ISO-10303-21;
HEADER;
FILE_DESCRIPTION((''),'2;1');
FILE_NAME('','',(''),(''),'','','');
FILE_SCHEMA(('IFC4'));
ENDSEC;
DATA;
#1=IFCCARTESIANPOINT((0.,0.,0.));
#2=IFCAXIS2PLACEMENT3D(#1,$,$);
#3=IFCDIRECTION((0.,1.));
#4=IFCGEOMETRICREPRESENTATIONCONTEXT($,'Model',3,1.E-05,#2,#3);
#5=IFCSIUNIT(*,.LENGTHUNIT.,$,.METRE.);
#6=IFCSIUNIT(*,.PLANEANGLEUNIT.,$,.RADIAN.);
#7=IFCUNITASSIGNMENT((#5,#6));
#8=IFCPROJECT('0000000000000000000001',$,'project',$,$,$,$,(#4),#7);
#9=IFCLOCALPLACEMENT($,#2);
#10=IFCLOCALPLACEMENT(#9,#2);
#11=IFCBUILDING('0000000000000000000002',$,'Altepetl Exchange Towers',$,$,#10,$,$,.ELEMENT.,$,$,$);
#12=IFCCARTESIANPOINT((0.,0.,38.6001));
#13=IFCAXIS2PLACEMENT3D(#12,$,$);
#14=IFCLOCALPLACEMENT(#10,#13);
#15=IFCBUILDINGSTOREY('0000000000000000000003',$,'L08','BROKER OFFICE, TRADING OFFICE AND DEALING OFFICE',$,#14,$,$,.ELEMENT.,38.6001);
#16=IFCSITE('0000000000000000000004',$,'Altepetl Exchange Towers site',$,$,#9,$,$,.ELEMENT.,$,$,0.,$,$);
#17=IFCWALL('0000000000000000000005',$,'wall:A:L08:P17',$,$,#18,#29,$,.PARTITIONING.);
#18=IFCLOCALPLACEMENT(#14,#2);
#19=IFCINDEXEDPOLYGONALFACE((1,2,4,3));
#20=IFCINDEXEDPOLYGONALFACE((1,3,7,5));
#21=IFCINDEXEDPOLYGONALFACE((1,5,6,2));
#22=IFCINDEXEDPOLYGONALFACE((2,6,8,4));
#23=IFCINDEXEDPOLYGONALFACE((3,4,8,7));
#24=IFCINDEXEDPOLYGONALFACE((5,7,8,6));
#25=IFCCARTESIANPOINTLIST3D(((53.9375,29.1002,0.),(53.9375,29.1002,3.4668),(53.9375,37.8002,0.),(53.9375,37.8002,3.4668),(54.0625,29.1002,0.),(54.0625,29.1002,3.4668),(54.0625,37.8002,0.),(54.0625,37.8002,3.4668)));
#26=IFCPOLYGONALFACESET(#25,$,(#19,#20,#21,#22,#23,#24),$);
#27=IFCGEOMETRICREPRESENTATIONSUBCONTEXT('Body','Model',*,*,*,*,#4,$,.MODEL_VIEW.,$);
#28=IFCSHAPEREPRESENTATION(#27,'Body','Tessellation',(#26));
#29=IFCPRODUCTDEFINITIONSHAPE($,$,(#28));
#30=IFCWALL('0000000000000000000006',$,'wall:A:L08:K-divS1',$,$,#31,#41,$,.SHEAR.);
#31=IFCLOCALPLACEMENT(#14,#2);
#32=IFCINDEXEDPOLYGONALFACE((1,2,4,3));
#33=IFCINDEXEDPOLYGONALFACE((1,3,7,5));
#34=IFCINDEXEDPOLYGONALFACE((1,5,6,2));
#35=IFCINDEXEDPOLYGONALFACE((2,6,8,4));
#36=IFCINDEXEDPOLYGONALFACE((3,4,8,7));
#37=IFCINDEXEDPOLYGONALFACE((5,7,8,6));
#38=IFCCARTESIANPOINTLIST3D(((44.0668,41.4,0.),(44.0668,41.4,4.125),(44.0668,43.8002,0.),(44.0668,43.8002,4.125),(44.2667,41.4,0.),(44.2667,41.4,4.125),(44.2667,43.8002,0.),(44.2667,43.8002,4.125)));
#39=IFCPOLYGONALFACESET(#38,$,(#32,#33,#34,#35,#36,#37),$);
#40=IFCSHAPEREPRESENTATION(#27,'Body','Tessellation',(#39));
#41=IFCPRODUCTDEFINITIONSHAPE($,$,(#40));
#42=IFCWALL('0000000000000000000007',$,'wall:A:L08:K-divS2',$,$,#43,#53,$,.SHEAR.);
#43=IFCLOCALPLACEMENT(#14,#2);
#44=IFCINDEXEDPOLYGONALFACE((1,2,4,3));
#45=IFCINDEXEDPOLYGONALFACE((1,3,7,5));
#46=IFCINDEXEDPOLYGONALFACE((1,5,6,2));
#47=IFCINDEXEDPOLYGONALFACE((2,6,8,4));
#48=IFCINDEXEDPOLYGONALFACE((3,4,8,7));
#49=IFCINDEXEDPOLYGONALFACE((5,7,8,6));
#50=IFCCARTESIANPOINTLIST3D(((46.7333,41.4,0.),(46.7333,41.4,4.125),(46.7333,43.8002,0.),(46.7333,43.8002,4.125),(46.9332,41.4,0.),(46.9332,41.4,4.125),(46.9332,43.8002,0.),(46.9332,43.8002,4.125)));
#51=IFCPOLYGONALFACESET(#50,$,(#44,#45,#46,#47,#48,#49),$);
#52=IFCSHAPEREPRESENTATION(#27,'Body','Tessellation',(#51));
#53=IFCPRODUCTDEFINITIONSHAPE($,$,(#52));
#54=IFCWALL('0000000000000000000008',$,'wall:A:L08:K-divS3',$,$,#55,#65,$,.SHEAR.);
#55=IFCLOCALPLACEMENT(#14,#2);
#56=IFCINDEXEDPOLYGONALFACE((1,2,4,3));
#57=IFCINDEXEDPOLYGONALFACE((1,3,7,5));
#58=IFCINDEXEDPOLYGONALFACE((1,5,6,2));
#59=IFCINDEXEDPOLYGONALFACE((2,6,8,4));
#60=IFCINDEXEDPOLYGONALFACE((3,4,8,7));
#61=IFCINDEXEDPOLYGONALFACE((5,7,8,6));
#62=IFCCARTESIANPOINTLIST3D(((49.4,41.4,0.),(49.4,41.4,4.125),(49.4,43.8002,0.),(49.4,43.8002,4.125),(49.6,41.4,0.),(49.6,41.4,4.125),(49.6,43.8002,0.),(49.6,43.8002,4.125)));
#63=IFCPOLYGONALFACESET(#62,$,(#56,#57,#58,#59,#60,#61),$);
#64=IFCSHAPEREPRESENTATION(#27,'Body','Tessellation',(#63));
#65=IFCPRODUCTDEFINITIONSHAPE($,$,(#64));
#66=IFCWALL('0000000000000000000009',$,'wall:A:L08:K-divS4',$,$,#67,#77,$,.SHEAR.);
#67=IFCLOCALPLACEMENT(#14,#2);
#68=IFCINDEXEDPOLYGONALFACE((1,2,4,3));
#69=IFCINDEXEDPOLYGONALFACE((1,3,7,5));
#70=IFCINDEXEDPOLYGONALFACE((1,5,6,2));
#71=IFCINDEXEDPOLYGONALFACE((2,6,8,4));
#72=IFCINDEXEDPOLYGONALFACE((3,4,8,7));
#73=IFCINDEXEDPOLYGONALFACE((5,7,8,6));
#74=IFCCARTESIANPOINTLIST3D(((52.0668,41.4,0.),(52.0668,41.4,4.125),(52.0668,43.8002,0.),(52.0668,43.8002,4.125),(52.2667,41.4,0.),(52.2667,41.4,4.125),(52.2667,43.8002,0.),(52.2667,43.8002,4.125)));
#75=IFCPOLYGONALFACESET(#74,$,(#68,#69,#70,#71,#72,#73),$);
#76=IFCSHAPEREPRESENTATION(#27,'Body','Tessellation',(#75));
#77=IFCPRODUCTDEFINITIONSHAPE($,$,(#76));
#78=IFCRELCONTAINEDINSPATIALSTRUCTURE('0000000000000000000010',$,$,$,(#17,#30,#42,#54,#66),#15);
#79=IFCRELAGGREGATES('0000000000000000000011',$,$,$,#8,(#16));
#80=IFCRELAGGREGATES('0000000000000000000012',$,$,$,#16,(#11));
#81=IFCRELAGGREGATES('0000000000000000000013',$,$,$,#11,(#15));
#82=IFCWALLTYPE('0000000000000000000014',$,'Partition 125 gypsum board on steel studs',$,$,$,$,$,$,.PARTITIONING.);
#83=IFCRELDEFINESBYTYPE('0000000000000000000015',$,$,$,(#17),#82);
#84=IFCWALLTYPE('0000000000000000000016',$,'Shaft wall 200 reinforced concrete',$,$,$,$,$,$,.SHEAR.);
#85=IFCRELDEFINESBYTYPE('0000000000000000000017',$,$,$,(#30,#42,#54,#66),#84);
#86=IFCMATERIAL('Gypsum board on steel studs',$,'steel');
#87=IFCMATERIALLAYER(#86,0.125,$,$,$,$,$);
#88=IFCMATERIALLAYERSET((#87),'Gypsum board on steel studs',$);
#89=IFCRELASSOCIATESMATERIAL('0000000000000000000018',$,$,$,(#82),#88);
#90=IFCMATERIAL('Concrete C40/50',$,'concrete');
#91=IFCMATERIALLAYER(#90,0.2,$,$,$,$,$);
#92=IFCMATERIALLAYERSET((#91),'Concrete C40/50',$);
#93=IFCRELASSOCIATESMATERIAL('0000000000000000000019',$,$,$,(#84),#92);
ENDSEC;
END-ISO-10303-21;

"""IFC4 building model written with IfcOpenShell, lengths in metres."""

from ifc_helpers import new_model, si_unit, direction, frame, frame_2d, origin, place, context, subcontext, project, spatial, rectangle, extrude, material, layer, layer_set, type_object, element, save


model = new_model("IFC4")

# Units and contexts
model_context = context("Model", 3, precision=1e-05, world=origin(), true_north=direction((0.0, 1.0)))
body_context = subcontext(model_context, "Body", "Model", "MODEL_VIEW")
ifc_project = project(units=[si_unit("LENGTHUNIT", "METRE"), si_unit("PLANEANGLEUNIT", "RADIAN")], contexts=[model_context])

# Site, building, storey
site_placement = place(None, origin())
site = spatial("IfcSite", under=ifc_project, at=site_placement, Name="Altepetl Exchange Towers site", CompositionType="ELEMENT", RefElevation=0.0)
building_placement = place(site_placement, origin())
building = spatial("IfcBuilding", under=site, at=building_placement, Name="Altepetl Exchange Towers", CompositionType="ELEMENT")
storey_placement = place(building_placement, frame((0.0, 0.0, 38.6001)))
storey = spatial("IfcBuildingStorey", under=building, at=storey_placement, Name="L08", Description="BROKER OFFICE, TRADING OFFICE AND DEALING OFFICE", CompositionType="ELEMENT", Elevation=38.6001)

# Walls
ifc_material_1 = material(Name="Gypsum board on steel studs", Category="steel")
ifc_layer_1 = layer(ifc_material_1, 0.125)
ifc_layer_set_1 = layer_set([ifc_layer_1], Name="Gypsum board on steel studs")
wall_type_1 = type_object("IfcWallType", Name="Partition 125 gypsum board on steel studs", PredefinedType="PARTITIONING", material=ifc_layer_set_1)
for number, where, z_axis, x_axis, name in (
    (1, (54.0, 29.1001, 0.0), (0.0, 0.0, 1.0), (0.0, 1.0, 0.0), "wall:A:L08:P17"),
):
    element("IfcWall", number, at=place(storey_placement, frame(where, z_axis=z_axis, x_axis=x_axis)), inside=storey, type_object=wall_type_1, Name=name, PredefinedType="PARTITIONING", context=body_context, shape_type="SweptSolid", body=[
        extrude(rectangle(XDim=8.7, YDim=0.125, at=frame_2d((4.3501, 0.0))), origin(), (0.0, 0.0, 1.0), 3.4668),
    ])
ifc_material_2 = material(Name="Concrete C40/50", Category="concrete")
ifc_layer_2 = layer(ifc_material_2, 0.2)
ifc_layer_set_2 = layer_set([ifc_layer_2], Name="Concrete C40/50")
wall_type_2 = type_object("IfcWallType", Name="Shaft wall 200 reinforced concrete", PredefinedType="SHEAR", material=ifc_layer_set_2)
for number, where, z_axis, x_axis, name in (
    (2, (44.1667, 41.3999, 0.0), (0.0, 0.0, 1.0), (0.0, 1.0, 0.0), "wall:A:L08:K-divS1"),
    (3, (46.8333, 41.3999, 0.0), (0.0, 0.0, 1.0), (0.0, 1.0, 0.0), "wall:A:L08:K-divS2"),
    (4, (49.5, 41.3999, 0.0), (0.0, 0.0, 1.0), (0.0, 1.0, 0.0), "wall:A:L08:K-divS3"),
    (5, (52.1667, 41.3999, 0.0), (0.0, 0.0, 1.0), (0.0, 1.0, 0.0), "wall:A:L08:K-divS4"),
):
    element("IfcWall", number, at=place(storey_placement, frame(where, z_axis=z_axis, x_axis=x_axis)), inside=storey, type_object=wall_type_2, Name=name, PredefinedType="SHEAR", context=body_context, shape_type="SweptSolid", body=[
        extrude(rectangle(XDim=2.4001, YDim=0.2, at=frame_2d((1.2002, 0.0))), origin(), (0.0, 0.0, 1.0), 4.125),
    ])

save(model, "model.ifc")
